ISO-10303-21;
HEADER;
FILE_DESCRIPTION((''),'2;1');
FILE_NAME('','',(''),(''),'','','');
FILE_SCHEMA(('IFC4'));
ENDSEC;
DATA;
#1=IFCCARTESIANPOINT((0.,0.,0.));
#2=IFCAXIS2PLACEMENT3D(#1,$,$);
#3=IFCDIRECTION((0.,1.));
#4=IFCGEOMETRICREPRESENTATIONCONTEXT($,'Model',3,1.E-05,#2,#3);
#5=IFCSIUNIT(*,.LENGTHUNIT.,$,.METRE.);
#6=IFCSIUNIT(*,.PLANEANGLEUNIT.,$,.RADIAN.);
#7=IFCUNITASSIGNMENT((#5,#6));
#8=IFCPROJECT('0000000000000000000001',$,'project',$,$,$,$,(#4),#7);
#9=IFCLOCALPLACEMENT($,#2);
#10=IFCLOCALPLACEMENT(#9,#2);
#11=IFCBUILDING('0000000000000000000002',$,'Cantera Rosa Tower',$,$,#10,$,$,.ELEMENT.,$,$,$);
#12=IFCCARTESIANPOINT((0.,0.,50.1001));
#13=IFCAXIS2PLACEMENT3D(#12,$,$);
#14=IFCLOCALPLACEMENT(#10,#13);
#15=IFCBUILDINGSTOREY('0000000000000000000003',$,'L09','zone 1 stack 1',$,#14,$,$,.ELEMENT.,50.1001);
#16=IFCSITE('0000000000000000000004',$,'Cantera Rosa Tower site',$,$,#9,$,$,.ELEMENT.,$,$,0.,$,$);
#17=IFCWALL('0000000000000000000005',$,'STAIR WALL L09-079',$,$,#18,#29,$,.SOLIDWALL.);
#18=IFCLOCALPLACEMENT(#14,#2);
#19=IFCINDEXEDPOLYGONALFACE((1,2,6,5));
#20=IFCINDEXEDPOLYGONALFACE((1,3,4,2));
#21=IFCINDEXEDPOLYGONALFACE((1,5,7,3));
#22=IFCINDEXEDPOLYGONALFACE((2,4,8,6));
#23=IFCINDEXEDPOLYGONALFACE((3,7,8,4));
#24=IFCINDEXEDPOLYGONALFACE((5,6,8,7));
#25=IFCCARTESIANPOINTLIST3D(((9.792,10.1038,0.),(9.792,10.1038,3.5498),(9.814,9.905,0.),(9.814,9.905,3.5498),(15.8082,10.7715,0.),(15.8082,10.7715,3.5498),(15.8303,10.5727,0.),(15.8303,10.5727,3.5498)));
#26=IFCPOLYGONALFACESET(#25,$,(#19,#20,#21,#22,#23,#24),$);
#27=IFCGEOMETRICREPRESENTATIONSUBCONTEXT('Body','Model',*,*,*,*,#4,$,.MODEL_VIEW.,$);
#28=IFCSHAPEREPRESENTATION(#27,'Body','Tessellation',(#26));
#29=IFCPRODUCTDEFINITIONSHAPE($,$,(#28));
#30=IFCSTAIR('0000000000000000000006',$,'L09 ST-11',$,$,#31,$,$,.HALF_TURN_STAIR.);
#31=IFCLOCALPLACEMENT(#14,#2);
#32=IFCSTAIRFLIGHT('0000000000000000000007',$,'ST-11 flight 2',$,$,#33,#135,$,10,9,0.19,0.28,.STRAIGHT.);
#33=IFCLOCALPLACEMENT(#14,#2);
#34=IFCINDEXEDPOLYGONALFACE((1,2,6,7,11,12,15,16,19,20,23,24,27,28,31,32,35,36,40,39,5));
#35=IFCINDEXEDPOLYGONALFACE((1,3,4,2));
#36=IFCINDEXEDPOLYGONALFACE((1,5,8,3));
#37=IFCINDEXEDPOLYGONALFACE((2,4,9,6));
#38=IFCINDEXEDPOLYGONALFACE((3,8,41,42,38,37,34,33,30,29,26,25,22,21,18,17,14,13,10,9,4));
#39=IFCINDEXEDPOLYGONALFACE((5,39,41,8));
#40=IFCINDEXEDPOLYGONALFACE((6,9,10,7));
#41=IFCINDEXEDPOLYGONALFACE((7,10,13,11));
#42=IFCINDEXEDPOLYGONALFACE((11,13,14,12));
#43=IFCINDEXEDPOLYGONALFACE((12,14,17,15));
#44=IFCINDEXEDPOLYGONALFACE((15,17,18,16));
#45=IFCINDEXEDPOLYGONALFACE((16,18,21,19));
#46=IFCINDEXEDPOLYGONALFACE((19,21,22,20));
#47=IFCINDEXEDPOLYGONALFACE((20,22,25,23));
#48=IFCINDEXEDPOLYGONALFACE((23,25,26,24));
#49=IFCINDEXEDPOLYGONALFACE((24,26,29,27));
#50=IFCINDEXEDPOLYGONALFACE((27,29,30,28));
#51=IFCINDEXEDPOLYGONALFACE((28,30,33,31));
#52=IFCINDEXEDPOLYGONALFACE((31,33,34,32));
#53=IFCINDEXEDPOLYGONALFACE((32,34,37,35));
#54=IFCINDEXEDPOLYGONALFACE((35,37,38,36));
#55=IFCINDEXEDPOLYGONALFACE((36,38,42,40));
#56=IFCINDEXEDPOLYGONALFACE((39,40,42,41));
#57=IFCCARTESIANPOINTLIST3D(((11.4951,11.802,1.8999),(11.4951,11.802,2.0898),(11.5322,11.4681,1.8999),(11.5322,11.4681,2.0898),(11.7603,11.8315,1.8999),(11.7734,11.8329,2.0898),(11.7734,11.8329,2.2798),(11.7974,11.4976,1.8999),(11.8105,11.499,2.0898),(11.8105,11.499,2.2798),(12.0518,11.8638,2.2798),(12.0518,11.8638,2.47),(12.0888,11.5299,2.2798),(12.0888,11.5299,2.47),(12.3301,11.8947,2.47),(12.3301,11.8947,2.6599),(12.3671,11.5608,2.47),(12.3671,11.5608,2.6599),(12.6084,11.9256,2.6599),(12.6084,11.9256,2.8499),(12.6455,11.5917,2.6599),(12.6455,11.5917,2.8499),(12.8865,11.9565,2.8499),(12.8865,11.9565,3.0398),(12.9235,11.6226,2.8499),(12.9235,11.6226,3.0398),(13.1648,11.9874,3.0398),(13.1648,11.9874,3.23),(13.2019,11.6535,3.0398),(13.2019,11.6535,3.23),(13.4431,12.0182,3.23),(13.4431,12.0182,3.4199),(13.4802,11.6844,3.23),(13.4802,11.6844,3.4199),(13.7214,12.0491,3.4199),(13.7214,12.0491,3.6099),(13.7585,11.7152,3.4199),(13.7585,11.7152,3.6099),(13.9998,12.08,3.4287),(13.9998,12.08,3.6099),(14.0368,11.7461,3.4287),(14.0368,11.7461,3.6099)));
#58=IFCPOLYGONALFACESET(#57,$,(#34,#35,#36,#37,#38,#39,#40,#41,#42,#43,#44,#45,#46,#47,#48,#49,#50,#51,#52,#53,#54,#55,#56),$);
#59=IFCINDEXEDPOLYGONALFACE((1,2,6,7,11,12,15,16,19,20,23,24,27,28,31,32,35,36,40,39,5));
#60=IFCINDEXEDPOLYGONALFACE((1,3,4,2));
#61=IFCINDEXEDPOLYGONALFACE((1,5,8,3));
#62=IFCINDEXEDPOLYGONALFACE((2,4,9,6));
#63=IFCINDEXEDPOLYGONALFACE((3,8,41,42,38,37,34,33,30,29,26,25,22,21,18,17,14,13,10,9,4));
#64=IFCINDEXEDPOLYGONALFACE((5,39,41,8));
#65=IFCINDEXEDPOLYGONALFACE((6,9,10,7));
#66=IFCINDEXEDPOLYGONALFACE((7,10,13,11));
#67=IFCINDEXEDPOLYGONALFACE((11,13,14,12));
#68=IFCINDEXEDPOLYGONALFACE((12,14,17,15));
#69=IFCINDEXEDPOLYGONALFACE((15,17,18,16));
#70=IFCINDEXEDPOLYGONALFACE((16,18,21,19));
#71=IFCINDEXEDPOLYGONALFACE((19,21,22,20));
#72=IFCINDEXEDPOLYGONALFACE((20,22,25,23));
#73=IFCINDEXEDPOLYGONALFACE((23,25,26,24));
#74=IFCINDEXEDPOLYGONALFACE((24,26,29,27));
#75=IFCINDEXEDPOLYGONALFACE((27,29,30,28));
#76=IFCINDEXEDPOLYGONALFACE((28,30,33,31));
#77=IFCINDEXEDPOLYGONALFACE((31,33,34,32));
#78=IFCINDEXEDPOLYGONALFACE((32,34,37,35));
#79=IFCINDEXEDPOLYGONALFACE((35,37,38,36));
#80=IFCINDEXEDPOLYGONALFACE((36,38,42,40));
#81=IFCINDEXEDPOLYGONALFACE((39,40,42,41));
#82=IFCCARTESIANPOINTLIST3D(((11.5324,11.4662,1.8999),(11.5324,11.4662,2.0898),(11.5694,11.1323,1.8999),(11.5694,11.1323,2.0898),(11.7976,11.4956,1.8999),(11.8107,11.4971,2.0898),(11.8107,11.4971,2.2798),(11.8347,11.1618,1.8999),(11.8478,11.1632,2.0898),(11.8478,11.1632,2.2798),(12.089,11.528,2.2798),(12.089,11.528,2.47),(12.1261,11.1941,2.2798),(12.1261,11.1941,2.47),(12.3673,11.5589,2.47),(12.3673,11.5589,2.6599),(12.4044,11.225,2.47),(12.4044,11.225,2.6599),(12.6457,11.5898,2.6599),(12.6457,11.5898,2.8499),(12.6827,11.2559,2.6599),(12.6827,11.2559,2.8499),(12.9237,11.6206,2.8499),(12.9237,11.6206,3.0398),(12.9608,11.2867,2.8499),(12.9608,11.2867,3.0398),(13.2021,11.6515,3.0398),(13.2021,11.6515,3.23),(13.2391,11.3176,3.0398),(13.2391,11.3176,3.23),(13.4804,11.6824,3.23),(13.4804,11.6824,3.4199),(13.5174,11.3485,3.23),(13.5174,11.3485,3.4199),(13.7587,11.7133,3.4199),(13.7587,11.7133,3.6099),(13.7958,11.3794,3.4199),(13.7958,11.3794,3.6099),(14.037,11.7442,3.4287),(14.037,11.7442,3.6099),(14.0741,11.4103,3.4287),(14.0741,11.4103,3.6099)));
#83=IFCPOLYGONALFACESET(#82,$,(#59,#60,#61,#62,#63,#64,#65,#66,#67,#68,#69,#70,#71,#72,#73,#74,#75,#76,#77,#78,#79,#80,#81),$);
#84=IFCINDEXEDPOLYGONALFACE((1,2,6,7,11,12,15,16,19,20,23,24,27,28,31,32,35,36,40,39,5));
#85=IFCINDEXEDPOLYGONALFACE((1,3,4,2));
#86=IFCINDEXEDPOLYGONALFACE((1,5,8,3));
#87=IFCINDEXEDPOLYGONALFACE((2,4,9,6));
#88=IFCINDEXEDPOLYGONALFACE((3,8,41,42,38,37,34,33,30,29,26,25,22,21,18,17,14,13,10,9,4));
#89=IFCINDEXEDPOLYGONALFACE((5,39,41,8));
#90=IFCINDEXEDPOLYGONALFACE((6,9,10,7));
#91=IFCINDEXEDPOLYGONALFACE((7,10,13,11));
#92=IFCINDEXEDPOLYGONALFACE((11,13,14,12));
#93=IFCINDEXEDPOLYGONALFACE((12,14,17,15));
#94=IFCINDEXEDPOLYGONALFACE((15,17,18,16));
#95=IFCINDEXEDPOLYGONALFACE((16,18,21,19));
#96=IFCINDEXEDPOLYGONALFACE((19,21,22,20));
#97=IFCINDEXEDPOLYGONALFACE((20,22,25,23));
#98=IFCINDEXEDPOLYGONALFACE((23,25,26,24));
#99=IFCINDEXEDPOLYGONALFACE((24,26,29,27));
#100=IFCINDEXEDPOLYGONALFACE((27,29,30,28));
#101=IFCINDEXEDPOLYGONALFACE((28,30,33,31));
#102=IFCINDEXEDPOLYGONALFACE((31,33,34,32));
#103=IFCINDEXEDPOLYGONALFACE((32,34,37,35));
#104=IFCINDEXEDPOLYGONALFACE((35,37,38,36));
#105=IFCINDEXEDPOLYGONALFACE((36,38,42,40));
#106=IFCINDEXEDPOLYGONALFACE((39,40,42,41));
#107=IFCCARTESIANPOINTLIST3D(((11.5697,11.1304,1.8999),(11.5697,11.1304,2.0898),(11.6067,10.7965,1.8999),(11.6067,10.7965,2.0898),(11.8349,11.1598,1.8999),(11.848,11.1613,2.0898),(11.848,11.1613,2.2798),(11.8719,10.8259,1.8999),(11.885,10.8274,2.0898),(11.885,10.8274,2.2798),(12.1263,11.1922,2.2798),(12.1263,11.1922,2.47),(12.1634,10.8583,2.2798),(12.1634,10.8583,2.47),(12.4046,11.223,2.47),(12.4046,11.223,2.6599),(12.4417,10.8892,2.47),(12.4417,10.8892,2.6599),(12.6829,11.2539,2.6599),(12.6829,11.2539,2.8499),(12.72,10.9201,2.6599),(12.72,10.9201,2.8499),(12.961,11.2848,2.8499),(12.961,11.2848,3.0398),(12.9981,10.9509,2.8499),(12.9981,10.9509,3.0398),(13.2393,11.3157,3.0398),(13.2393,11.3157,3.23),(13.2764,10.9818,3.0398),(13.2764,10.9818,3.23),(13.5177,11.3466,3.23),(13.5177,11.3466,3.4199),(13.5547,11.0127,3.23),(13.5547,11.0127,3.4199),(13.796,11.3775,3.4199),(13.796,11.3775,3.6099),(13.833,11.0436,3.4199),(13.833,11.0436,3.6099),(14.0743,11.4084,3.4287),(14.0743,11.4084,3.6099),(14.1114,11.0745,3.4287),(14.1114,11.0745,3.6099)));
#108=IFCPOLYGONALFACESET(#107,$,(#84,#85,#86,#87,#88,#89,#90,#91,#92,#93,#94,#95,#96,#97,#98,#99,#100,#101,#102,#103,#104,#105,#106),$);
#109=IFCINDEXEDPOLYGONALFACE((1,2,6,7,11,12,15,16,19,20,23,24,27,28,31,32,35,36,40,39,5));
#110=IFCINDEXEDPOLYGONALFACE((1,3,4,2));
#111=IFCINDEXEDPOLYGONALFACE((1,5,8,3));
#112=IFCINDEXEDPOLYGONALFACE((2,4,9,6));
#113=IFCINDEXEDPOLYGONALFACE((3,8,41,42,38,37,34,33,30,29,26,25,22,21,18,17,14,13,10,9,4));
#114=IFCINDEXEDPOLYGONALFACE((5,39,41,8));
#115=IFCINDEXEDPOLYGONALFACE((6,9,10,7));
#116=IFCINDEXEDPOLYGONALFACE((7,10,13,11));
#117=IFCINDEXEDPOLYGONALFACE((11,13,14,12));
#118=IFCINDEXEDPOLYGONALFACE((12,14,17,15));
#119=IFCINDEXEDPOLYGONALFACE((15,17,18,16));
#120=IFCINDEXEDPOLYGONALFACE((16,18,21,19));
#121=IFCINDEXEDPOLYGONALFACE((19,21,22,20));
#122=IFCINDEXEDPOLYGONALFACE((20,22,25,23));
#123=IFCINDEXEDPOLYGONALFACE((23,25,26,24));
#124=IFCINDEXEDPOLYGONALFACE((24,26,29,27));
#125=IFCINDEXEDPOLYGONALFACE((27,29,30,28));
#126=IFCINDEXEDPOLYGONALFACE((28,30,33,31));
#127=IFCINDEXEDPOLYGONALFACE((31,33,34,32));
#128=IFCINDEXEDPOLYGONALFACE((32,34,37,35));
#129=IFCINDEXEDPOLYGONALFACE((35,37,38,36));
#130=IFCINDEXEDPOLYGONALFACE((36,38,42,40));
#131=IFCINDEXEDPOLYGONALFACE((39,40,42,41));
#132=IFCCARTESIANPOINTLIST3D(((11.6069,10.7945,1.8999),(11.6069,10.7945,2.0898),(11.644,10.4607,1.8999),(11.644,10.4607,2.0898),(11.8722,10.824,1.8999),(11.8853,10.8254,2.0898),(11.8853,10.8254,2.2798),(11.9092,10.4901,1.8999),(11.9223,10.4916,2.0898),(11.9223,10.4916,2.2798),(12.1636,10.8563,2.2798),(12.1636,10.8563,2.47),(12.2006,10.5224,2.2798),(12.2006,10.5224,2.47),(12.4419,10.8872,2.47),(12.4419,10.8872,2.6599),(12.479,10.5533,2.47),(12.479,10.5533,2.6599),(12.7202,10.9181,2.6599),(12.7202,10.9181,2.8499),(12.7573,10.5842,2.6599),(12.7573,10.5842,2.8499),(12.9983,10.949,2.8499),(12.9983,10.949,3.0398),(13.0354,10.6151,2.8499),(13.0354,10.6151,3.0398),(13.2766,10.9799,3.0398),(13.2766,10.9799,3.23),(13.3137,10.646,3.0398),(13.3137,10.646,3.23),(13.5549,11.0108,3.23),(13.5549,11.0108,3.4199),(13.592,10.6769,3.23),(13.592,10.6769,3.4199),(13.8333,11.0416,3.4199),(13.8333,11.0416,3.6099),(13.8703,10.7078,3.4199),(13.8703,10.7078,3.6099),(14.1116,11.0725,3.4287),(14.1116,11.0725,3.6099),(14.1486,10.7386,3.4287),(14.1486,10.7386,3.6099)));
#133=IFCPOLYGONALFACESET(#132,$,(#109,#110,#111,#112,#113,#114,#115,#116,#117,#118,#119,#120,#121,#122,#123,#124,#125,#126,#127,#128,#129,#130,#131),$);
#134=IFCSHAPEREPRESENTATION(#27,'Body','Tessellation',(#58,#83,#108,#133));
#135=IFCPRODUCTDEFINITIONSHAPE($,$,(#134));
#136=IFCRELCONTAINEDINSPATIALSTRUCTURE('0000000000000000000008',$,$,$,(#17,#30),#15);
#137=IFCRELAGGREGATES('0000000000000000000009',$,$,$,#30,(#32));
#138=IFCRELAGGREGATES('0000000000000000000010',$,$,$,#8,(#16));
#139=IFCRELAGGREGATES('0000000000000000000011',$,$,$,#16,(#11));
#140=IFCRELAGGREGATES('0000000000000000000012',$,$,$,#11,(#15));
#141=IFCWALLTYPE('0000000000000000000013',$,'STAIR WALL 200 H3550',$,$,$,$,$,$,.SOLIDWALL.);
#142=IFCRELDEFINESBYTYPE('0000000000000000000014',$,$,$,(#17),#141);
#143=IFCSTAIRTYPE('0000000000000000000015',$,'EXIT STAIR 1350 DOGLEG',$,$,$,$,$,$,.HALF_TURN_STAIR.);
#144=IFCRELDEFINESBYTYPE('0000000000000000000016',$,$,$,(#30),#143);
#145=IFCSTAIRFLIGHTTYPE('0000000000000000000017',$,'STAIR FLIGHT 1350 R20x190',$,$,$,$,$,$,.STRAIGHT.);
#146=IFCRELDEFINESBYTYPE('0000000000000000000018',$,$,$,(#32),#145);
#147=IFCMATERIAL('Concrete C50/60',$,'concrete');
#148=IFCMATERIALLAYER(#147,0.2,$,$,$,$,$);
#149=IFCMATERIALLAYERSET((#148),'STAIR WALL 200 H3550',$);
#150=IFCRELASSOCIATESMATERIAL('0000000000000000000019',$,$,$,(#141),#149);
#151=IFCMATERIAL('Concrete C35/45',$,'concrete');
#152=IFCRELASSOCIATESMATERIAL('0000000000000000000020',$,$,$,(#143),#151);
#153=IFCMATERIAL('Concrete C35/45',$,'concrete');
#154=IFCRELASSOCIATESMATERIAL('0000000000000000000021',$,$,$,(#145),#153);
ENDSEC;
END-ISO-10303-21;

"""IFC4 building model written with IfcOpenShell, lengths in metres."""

from ifc_helpers import new_model, si_unit, direction, frame, frame_2d, origin, place, context, subcontext, project, spatial, polyline, rectangle, outline, extrude, material, layer, layer_set, type_object, element, aggregate, save


model = new_model("IFC4")

# Units and contexts
model_context = context("Model", 3, precision=1e-05, world=origin(), true_north=direction((0.0, 1.0)))
body_context = subcontext(model_context, "Body", "Model", "MODEL_VIEW")
ifc_project = project(units=[si_unit("LENGTHUNIT", "METRE"), si_unit("PLANEANGLEUNIT", "RADIAN")], contexts=[model_context])

# Site, building, storey
site_placement = place(None, origin())
site = spatial("IfcSite", under=ifc_project, at=site_placement, Name="Cantera Rosa Tower site", CompositionType="ELEMENT", RefElevation=0.0)
building_placement = place(site_placement, origin())
building = spatial("IfcBuilding", under=site, at=building_placement, Name="Cantera Rosa Tower", CompositionType="ELEMENT")
storey_placement = place(building_placement, frame((0.0, 0.0, 50.1001)))
storey = spatial("IfcBuildingStorey", under=building, at=storey_placement, Name="L09", Description="zone 1 stack 1", CompositionType="ELEMENT", Elevation=50.1001)

# Wall
ifc_material_1 = material(Name="Concrete C50/60", Category="concrete")
ifc_layer_1 = layer(ifc_material_1, 0.2)
ifc_layer_set_1 = layer_set([ifc_layer_1], Name="STAIR WALL 200 H3550")
wall_type_1 = type_object("IfcWallType", Name="STAIR WALL 200 H3550", PredefinedType="SOLIDWALL", material=ifc_layer_set_1)
wall_1_placement = place(storey_placement, frame((9.803, 10.0044, 0.0), z_axis=(0.0, 0.0, 1.0), x_axis=(0.993897, 0.110308, 0.0)))
element("IfcWall", 1, at=wall_1_placement, inside=storey, type_object=wall_type_1, Name="STAIR WALL L09-079", PredefinedType="SOLIDWALL", context=body_context, shape_type="SweptSolid", body=[
    extrude(rectangle(XDim=6.0532, YDim=0.2, at=frame_2d((3.0266, 0.0))), origin(), (0.0, 0.0, 1.0), 3.5498),
])

# Stair, stair flight
ifc_material_2 = material(Name="Concrete C35/45", Category="concrete")
stair_type = type_object("IfcStairType", Name="EXIT STAIR 1350 DOGLEG", PredefinedType="HALF_TURN_STAIR", material=ifc_material_2)
stair_placement = place(storey_placement, origin())
stair = element("IfcStair", 2, at=stair_placement, inside=storey, type_object=stair_type, Name="L09 ST-11", PredefinedType="HALF_TURN_STAIR")
ifc_material_3 = material(Name="Concrete C35/45", Category="concrete")
stair_flight_type = type_object("IfcStairFlightType", Name="STAIR FLIGHT 1350 R20x190", PredefinedType="STRAIGHT", material=ifc_material_3)
stair_flight_placement = place(storey_placement, frame((11.5696, 11.1311, 1.8999), z_axis=(0.0, 0.0, 1.0), x_axis=(0.993897, 0.110313, 0.0)))
stair_flight = element("IfcStairFlight", 3, at=stair_flight_placement, type_object=stair_flight_type, Name="ST-11 flight 2", NumberOfRisers=10, NumberOfTreads=9, PredefinedType="STRAIGHT", RiserHeight=0.19, TreadLength=0.28, context=body_context, shape_type="SweptSolid", body=[
    extrude(outline(polyline([(0.0, 0.0), (0.0, 0.1899), (0.28, 0.1899), (0.28, 0.3799), (0.5601, 0.3799), (0.5601, 0.5701), (0.8401, 0.5701), (0.8401, 0.76), (1.1201, 0.76), (1.1201, 0.95), (1.3999, 0.95), (1.3999, 1.1399), (1.6799, 1.1399), (1.6799, 1.3301), (1.96, 1.3301), (1.96, 1.52), (2.24, 1.52), (2.24, 1.71), (2.52, 1.71), (2.52, 1.8999), (2.52, 1.5288), (0.2668, 0.0), (0.0, 0.0)])), frame((0.0, 0.675, 0.0), z_axis=(0.0, -1.0, 0.0), x_axis=(1.0, 0.0, 0.0)), (0.0, 0.0, 1.0), 0.3359),
    extrude(outline(polyline([(0.0, 0.0), (0.0, 0.1899), (0.28, 0.1899), (0.28, 0.3799), (0.5601, 0.3799), (0.5601, 0.5701), (0.8401, 0.5701), (0.8401, 0.76), (1.1201, 0.76), (1.1201, 0.95), (1.3999, 0.95), (1.3999, 1.1399), (1.6799, 1.1399), (1.6799, 1.3301), (1.96, 1.3301), (1.96, 1.52), (2.24, 1.52), (2.24, 1.71), (2.52, 1.71), (2.52, 1.8999), (2.52, 1.5288), (0.2668, 0.0), (0.0, 0.0)])), frame((0.0, 0.3372, 0.0), z_axis=(0.0, -1.0, 0.0), x_axis=(1.0, 0.0, 0.0)), (0.0, 0.0, 1.0), 0.3359),
    extrude(outline(polyline([(0.0, 0.0), (0.0, 0.1899), (0.28, 0.1899), (0.28, 0.3799), (0.5601, 0.3799), (0.5601, 0.5701), (0.8401, 0.5701), (0.8401, 0.76), (1.1201, 0.76), (1.1201, 0.95), (1.3999, 0.95), (1.3999, 1.1399), (1.6799, 1.1399), (1.6799, 1.3301), (1.96, 1.3301), (1.96, 1.52), (2.24, 1.52), (2.24, 1.71), (2.52, 1.71), (2.52, 1.8999), (2.52, 1.5288), (0.2668, 0.0), (0.0, 0.0)])), frame((0.0, -0.0007, 0.0), z_axis=(0.0, -1.0, 0.0), x_axis=(1.0, 0.0, 0.0)), (0.0, 0.0, 1.0), 0.3359),
    extrude(outline(polyline([(0.0, 0.0), (0.0, 0.1899), (0.28, 0.1899), (0.28, 0.3799), (0.5601, 0.3799), (0.5601, 0.5701), (0.8401, 0.5701), (0.8401, 0.76), (1.1201, 0.76), (1.1201, 0.95), (1.3999, 0.95), (1.3999, 1.1399), (1.6799, 1.1399), (1.6799, 1.3301), (1.96, 1.3301), (1.96, 1.52), (2.24, 1.52), (2.24, 1.71), (2.52, 1.71), (2.52, 1.8999), (2.52, 1.5288), (0.2668, 0.0), (0.0, 0.0)])), frame((0.0, -0.3386, 0.0), z_axis=(0.0, -1.0, 0.0), x_axis=(1.0, 0.0, 0.0)), (0.0, 0.0, 1.0), 0.3359),
])
aggregate(stair, [stair_flight])

save(model, "model.ifc")
